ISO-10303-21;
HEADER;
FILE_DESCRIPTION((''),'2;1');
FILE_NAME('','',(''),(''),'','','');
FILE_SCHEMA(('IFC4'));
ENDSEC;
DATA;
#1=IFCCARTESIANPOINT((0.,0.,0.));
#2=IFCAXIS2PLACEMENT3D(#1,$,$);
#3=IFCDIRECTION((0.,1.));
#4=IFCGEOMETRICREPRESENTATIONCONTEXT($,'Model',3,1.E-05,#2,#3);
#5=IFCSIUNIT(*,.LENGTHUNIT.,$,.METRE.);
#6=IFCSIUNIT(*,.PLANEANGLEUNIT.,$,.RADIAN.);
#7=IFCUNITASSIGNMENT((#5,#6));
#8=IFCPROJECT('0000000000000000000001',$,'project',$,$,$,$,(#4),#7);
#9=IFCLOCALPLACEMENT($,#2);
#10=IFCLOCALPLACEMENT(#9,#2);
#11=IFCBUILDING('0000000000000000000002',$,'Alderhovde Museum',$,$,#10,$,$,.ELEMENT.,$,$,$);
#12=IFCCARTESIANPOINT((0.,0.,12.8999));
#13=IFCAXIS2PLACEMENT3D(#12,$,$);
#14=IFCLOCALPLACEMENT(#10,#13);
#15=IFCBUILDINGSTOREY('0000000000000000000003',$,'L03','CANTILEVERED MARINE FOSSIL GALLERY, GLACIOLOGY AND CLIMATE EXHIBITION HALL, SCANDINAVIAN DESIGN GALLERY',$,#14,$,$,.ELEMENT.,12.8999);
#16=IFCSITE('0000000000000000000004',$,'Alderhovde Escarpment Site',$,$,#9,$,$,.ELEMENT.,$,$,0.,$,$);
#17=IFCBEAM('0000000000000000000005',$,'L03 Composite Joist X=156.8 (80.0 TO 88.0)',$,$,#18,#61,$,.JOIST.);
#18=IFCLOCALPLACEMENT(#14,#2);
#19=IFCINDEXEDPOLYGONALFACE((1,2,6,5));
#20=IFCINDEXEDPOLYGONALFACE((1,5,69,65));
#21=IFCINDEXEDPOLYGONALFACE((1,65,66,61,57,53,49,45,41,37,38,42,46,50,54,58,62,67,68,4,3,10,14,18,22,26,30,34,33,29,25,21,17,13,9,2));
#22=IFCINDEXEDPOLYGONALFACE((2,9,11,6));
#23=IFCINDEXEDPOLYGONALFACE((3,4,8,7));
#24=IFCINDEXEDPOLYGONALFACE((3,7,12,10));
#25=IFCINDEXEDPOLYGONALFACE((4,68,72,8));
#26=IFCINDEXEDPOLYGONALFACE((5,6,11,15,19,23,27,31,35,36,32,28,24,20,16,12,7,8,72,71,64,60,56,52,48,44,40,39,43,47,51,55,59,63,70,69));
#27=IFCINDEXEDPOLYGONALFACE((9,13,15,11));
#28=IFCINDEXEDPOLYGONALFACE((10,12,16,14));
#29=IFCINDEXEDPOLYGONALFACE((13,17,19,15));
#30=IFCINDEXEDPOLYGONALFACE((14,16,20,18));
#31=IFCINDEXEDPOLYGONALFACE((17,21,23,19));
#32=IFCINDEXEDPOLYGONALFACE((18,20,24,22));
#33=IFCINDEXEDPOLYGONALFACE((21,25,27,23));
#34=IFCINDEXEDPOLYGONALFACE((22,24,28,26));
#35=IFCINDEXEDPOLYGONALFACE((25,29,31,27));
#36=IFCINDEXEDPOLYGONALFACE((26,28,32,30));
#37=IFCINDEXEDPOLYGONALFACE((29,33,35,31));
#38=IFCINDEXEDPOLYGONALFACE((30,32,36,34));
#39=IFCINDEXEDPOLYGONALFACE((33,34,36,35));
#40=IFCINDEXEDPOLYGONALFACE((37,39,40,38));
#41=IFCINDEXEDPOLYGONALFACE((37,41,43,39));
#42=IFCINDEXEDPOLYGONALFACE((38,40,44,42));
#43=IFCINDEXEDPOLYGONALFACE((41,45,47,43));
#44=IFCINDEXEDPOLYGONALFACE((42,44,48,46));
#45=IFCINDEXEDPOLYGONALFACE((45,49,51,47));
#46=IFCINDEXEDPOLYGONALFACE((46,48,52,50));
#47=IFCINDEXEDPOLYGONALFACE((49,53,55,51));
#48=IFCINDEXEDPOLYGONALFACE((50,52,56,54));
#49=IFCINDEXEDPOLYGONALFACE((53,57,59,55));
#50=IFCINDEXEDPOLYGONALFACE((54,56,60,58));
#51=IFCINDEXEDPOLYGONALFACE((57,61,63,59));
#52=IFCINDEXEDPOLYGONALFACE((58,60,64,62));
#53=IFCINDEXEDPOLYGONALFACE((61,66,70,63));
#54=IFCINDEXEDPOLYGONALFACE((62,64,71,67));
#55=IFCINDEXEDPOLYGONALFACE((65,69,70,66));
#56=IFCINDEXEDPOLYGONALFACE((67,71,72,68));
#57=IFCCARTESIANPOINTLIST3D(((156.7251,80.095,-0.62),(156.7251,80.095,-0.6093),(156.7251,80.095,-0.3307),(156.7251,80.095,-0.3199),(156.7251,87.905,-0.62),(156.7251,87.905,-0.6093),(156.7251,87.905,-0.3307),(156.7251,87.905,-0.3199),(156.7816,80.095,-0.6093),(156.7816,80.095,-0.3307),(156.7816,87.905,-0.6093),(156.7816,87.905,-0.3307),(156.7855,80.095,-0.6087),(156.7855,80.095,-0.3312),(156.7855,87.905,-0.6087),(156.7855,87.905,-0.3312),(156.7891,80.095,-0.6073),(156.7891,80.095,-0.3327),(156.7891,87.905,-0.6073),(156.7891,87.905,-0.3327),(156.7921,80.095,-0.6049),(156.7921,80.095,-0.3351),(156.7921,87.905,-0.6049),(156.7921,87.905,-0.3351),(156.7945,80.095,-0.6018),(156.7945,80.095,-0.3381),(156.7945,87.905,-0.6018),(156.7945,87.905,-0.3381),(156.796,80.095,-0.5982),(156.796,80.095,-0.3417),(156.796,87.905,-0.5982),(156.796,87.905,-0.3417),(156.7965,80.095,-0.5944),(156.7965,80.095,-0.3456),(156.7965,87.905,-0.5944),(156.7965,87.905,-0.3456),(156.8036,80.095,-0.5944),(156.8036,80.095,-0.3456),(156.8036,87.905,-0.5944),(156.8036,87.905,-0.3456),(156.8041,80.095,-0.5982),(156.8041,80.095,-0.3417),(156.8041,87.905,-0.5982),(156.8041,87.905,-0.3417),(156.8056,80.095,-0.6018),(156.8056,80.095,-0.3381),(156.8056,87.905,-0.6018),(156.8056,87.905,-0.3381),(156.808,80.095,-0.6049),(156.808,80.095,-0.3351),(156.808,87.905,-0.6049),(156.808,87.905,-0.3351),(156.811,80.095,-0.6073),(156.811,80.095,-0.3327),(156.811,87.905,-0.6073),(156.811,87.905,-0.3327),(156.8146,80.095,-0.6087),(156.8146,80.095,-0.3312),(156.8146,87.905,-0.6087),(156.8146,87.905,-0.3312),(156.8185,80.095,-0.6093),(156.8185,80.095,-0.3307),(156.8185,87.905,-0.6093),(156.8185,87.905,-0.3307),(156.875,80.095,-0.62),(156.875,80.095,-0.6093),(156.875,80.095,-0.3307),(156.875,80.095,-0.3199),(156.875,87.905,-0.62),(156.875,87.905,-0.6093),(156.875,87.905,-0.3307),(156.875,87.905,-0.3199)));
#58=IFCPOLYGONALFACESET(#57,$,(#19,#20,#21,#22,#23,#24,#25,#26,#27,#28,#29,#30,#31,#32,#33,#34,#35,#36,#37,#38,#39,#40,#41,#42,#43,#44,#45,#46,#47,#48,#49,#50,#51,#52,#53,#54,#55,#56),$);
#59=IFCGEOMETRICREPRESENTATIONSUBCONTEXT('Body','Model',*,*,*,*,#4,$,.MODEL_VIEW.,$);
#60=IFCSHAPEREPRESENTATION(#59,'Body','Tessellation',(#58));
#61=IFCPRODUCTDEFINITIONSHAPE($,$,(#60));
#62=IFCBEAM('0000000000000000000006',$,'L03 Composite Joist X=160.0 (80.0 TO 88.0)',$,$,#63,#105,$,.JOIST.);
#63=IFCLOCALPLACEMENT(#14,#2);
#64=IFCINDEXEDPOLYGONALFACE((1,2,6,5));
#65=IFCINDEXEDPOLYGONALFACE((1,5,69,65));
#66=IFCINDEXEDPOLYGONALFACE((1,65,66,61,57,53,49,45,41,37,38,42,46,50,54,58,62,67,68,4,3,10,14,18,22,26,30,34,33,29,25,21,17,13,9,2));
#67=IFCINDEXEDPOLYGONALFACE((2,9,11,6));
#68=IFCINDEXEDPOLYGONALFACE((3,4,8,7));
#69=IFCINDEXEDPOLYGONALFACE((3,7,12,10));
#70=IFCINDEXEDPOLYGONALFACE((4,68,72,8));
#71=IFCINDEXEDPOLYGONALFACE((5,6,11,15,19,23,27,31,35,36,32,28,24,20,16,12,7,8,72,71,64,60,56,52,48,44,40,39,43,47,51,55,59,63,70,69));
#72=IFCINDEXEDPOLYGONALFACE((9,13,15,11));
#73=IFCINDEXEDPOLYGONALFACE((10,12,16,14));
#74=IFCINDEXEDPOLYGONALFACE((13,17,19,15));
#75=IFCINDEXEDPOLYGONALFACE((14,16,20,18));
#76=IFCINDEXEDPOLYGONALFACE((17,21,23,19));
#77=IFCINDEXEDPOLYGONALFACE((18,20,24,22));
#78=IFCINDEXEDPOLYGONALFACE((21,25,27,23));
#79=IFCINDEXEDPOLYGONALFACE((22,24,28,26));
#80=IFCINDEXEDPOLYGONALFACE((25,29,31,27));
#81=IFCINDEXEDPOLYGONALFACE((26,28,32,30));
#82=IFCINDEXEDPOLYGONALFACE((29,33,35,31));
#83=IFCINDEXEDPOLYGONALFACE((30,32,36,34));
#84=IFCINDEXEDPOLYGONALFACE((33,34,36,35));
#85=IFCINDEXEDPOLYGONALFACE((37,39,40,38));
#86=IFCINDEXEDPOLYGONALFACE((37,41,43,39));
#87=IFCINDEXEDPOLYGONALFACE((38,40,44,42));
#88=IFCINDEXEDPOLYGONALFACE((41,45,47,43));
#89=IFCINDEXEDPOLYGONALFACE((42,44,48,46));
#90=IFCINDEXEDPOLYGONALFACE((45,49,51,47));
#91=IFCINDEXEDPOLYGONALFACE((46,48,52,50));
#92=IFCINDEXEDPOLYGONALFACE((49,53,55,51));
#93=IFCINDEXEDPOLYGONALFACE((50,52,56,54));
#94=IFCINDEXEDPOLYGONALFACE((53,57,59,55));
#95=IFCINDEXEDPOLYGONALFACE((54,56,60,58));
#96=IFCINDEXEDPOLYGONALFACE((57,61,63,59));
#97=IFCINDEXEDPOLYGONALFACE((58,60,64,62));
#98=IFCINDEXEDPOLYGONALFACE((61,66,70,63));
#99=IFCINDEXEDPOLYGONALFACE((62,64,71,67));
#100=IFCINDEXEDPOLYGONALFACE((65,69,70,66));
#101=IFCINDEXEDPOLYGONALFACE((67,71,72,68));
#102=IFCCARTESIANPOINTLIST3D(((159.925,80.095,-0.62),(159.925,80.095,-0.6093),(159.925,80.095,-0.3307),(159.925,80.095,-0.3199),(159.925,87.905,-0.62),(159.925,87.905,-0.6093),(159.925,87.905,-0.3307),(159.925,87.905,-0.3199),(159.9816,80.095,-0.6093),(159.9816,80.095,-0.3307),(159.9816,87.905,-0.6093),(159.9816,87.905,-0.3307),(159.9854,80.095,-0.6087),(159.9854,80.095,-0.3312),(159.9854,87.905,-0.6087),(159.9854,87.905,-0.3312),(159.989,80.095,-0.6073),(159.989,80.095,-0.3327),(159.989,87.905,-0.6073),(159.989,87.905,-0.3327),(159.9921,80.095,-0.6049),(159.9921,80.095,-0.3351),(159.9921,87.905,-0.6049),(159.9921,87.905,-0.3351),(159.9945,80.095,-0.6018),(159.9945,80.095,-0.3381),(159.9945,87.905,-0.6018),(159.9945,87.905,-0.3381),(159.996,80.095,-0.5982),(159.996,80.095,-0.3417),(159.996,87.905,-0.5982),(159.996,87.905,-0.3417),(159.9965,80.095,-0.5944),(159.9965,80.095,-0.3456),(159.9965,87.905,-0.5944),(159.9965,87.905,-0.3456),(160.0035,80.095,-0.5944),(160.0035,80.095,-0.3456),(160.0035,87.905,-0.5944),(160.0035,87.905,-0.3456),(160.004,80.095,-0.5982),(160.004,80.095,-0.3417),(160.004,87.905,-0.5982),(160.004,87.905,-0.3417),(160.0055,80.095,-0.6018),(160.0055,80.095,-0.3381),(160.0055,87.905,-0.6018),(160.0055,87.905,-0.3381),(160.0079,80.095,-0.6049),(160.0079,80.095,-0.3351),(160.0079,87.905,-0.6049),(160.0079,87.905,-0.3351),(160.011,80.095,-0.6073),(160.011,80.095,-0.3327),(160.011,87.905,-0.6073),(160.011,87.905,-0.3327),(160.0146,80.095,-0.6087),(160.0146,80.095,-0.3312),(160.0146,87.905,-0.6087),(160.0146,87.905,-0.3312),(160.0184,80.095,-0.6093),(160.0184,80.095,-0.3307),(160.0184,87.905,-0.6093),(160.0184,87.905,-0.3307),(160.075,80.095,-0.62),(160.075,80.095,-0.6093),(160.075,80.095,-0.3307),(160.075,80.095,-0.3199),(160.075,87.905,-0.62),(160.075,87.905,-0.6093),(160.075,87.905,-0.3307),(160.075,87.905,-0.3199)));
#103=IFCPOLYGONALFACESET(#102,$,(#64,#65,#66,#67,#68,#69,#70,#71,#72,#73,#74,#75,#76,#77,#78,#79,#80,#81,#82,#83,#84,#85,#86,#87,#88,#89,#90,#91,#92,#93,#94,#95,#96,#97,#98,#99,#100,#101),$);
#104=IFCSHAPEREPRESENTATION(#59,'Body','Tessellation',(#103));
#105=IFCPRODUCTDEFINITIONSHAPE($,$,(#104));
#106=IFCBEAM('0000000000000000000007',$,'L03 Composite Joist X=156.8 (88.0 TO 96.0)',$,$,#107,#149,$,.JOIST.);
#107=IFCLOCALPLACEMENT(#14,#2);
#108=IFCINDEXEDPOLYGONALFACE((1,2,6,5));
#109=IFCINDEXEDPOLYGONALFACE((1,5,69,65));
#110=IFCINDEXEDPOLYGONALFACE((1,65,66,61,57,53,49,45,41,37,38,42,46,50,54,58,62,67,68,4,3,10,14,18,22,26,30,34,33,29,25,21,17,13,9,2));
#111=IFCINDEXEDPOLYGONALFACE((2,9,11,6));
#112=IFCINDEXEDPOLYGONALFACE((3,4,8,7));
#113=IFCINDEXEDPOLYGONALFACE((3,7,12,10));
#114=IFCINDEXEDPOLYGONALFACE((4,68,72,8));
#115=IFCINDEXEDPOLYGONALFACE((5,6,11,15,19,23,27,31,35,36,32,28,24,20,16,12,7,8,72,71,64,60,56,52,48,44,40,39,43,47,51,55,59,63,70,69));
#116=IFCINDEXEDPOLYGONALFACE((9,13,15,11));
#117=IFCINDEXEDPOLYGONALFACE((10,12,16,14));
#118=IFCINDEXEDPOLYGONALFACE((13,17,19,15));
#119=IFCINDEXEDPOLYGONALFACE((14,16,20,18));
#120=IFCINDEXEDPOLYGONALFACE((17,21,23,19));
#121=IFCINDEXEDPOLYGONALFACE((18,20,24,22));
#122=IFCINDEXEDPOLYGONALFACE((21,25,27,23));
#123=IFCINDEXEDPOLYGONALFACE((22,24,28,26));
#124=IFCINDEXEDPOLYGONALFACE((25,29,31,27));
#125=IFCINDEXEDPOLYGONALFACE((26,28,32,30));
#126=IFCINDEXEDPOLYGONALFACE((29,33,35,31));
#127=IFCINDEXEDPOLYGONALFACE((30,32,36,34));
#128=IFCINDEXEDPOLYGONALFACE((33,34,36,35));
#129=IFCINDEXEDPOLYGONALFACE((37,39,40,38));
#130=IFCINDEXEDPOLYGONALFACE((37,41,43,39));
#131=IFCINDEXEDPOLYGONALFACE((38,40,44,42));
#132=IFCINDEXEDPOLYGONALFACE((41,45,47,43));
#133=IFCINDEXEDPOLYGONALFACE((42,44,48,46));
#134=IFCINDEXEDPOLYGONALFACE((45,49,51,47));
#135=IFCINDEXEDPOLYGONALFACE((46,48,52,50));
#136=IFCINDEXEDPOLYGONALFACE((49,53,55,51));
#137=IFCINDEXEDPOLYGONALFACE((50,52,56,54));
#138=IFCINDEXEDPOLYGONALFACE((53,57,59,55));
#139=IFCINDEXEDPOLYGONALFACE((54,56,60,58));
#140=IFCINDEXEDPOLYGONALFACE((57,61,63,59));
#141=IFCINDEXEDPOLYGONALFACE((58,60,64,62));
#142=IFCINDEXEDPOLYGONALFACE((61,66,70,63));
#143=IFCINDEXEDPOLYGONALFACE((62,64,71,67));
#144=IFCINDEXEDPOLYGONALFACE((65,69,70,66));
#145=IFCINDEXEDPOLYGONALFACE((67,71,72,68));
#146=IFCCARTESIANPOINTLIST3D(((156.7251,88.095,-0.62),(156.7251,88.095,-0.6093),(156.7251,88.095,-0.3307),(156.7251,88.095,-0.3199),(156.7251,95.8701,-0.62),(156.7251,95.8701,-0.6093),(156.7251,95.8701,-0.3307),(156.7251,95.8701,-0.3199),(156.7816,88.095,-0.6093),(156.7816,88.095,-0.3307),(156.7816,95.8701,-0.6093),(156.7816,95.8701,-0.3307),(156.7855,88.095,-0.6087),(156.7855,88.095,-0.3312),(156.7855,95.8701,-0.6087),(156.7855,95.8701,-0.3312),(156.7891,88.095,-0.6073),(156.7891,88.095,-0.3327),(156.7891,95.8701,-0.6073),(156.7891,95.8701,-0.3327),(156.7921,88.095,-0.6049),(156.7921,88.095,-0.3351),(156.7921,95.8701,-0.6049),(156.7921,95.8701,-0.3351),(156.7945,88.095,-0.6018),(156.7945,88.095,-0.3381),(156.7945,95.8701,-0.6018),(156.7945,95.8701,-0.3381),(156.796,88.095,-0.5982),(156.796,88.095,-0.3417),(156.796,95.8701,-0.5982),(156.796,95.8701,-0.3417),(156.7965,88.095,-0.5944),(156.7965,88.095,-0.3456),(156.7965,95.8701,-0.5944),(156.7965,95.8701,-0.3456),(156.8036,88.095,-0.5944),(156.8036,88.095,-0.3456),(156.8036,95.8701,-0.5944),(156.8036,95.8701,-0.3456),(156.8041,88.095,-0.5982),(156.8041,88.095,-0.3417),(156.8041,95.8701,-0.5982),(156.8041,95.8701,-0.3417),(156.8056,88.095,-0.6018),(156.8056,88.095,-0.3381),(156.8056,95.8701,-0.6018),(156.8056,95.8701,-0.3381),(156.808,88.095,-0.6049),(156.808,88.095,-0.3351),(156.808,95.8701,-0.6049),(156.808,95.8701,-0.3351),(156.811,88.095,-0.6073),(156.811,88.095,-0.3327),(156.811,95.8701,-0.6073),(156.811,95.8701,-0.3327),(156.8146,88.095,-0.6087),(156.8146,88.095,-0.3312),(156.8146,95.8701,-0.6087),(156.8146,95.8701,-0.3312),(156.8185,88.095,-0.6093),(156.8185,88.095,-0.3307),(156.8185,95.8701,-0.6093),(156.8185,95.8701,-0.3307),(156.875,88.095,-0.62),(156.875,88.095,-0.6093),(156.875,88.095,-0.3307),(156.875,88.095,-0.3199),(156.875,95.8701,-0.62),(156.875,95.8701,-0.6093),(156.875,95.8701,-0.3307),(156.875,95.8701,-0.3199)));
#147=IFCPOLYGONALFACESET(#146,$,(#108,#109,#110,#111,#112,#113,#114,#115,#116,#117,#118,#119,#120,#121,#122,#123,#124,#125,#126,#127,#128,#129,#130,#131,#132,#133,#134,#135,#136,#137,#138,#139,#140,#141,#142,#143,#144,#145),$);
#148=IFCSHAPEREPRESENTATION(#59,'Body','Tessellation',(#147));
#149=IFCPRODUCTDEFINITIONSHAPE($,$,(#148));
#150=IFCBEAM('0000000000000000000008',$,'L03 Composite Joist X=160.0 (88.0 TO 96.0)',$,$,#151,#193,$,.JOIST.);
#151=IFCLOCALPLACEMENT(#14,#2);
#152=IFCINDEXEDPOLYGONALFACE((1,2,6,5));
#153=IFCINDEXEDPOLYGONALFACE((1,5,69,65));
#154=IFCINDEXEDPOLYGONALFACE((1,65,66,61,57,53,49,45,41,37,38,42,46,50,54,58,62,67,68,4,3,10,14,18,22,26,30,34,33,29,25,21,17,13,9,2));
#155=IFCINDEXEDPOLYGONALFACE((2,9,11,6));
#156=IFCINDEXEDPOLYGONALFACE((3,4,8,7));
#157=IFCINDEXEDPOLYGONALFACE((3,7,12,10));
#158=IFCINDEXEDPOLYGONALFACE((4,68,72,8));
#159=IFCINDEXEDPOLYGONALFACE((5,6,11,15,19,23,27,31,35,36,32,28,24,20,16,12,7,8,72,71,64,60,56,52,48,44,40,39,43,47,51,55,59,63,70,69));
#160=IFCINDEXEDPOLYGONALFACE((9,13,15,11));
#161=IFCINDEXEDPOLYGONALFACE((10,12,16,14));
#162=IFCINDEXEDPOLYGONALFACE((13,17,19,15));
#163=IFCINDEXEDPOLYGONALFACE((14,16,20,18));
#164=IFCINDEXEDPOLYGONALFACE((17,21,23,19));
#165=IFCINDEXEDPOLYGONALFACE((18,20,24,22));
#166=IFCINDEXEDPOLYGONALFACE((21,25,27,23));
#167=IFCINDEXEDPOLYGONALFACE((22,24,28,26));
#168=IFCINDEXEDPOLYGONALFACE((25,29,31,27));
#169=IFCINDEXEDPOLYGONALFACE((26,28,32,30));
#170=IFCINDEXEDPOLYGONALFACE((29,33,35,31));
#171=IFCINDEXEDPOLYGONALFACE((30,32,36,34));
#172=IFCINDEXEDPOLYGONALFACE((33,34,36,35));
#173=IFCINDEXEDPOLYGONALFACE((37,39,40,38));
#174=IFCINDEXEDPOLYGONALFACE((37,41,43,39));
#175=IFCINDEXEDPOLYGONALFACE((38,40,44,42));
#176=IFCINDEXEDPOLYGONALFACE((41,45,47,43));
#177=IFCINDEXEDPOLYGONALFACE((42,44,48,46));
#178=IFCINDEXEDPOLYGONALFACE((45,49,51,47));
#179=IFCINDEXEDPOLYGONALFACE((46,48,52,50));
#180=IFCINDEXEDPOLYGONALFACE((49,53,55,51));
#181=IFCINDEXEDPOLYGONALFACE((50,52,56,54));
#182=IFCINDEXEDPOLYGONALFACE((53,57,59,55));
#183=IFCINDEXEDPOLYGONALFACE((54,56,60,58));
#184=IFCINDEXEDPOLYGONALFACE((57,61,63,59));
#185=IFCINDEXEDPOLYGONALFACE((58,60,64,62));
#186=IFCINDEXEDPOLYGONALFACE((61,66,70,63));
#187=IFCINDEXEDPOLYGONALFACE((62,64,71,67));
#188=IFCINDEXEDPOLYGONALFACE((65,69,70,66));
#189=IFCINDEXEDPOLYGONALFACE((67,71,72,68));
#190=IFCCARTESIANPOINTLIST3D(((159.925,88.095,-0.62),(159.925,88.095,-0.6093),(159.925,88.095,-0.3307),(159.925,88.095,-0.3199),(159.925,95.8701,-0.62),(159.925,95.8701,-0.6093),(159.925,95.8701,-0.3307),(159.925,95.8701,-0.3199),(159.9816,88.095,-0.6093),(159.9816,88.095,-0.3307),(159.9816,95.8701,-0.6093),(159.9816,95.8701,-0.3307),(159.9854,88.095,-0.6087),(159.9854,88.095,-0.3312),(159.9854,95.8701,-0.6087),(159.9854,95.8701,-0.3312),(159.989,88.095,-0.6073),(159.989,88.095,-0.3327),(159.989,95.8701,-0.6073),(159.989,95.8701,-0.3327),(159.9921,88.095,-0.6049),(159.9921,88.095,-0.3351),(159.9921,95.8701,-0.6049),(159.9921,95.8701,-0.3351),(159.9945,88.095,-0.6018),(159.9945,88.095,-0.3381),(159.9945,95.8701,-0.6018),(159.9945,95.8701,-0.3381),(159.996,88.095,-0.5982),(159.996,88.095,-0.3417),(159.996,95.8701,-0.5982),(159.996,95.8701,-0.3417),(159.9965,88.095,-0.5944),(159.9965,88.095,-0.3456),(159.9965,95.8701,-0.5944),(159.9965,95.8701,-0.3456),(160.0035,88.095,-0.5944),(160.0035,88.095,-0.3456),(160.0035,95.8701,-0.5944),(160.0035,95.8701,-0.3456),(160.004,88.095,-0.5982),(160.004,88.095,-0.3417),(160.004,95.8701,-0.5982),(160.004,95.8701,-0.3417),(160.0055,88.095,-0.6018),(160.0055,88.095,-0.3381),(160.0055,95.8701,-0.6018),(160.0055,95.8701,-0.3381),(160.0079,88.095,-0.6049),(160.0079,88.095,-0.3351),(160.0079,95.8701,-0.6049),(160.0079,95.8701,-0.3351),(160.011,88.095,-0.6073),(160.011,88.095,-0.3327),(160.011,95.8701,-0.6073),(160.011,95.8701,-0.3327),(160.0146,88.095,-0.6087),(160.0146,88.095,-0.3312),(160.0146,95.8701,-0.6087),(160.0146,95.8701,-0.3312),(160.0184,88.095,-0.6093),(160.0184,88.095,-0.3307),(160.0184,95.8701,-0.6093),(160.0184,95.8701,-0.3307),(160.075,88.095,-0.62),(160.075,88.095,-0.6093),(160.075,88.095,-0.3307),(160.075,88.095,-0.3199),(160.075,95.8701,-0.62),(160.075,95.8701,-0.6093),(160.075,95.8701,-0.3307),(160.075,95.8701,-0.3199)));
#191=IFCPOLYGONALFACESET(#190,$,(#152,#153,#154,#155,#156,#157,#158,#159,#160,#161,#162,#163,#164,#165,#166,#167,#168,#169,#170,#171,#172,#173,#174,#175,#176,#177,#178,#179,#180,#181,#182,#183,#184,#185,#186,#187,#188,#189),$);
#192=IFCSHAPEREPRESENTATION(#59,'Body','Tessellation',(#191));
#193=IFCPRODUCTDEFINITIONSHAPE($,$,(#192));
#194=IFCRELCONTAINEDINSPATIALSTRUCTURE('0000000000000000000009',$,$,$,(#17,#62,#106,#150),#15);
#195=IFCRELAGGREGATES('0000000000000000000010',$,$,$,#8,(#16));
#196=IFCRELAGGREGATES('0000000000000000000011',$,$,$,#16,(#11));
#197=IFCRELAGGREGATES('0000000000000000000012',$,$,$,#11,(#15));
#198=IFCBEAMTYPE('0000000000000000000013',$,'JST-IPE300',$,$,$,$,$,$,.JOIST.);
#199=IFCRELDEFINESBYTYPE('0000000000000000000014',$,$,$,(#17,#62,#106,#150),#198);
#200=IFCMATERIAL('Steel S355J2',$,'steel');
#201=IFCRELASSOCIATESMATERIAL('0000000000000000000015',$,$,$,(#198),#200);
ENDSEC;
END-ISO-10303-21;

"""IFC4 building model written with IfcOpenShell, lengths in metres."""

from ifc_helpers import new_model, si_unit, direction, frame, origin, origin_2d, place, context, subcontext, project, spatial, i_section, extrude, material, material_profile, profile_set, type_object, element, save


model = new_model("IFC4")

# Units and contexts
model_context = context("Model", 3, precision=1e-05, world=origin(), true_north=direction((0.0, 1.0)))
body_context = subcontext(model_context, "Body", "Model", "MODEL_VIEW")
ifc_project = project(units=[si_unit("LENGTHUNIT", "METRE"), si_unit("PLANEANGLEUNIT", "RADIAN")], contexts=[model_context])

# Site, building, storey
site_placement = place(None, origin())
site = spatial("IfcSite", under=ifc_project, at=site_placement, Name="Alderhovde Escarpment Site", CompositionType="ELEMENT", RefElevation=0.0)
building_placement = place(site_placement, origin())
building = spatial("IfcBuilding", under=site, at=building_placement, Name="Alderhovde Museum", CompositionType="ELEMENT")
storey_placement = place(building_placement, frame((0.0, 0.0, 12.8999)))
storey = spatial("IfcBuildingStorey", under=building, at=storey_placement, Name="L03", Description="CANTILEVERED MARINE FOSSIL GALLERY, GLACIOLOGY AND CLIMATE EXHIBITION HALL, SCANDINAVIAN DESIGN GALLERY", CompositionType="ELEMENT", Elevation=12.8999)

# Beams
ifc_material_1 = material(Name="Steel S355J2", Category="steel")
ifc_material_profile_1 = material_profile(ifc_material_1, i_section(OverallWidth=0.1499, OverallDepth=0.3, WebThickness=0.0071, FlangeThickness=0.0107, FilletRadius=0.0149, at=origin_2d()), Name="IPE 300")
ifc_profile_set_1 = profile_set([ifc_material_profile_1], Name="Steel S355J2")
beam_type_1 = type_object("IfcBeamType", Name="JST-IPE300", PredefinedType="JOIST", material=ifc_profile_set_1)
for number, where, z_axis, x_axis, name in (
    (1, (156.8, 80.095, -0.47), (0.0, 1.0, 0.0), (-1.0, 0.0, 0.0), "L03 Composite Joist X=156.8 (80.0 TO 88.0)"),
    (2, (160.0, 80.095, -0.47), (0.0, 1.0, 0.0), (-1.0, 0.0, 0.0), "L03 Composite Joist X=160.0 (80.0 TO 88.0)"),
):
    element("IfcBeam", number, at=place(storey_placement, frame(where, z_axis=z_axis, x_axis=x_axis)), inside=storey, type_object=beam_type_1, Name=name, PredefinedType="JOIST", context=body_context, shape_type="SweptSolid", body=[
        extrude(i_section(OverallWidth=0.1499, OverallDepth=0.3, WebThickness=0.0071, FlangeThickness=0.0107, FilletRadius=0.0149, at=origin_2d()), origin(), (0.0, 0.0, 1.0), 7.8101),
    ])
for number, where, z_axis, x_axis, name in (
    (3, (156.8, 88.095, -0.47), (0.0, 1.0, 0.0), (-1.0, 0.0, 0.0), "L03 Composite Joist X=156.8 (88.0 TO 96.0)"),
    (4, (160.0, 88.095, -0.47), (0.0, 1.0, 0.0), (-1.0, 0.0, 0.0), "L03 Composite Joist X=160.0 (88.0 TO 96.0)"),
):
    element("IfcBeam", number, at=place(storey_placement, frame(where, z_axis=z_axis, x_axis=x_axis)), inside=storey, type_object=beam_type_1, Name=name, PredefinedType="JOIST", context=body_context, shape_type="SweptSolid", body=[
        extrude(i_section(OverallWidth=0.1499, OverallDepth=0.3, WebThickness=0.0071, FlangeThickness=0.0107, FilletRadius=0.0149, at=origin_2d()), origin(), (0.0, 0.0, 1.0), 7.7751),
    ])

save(model, "model.ifc")
